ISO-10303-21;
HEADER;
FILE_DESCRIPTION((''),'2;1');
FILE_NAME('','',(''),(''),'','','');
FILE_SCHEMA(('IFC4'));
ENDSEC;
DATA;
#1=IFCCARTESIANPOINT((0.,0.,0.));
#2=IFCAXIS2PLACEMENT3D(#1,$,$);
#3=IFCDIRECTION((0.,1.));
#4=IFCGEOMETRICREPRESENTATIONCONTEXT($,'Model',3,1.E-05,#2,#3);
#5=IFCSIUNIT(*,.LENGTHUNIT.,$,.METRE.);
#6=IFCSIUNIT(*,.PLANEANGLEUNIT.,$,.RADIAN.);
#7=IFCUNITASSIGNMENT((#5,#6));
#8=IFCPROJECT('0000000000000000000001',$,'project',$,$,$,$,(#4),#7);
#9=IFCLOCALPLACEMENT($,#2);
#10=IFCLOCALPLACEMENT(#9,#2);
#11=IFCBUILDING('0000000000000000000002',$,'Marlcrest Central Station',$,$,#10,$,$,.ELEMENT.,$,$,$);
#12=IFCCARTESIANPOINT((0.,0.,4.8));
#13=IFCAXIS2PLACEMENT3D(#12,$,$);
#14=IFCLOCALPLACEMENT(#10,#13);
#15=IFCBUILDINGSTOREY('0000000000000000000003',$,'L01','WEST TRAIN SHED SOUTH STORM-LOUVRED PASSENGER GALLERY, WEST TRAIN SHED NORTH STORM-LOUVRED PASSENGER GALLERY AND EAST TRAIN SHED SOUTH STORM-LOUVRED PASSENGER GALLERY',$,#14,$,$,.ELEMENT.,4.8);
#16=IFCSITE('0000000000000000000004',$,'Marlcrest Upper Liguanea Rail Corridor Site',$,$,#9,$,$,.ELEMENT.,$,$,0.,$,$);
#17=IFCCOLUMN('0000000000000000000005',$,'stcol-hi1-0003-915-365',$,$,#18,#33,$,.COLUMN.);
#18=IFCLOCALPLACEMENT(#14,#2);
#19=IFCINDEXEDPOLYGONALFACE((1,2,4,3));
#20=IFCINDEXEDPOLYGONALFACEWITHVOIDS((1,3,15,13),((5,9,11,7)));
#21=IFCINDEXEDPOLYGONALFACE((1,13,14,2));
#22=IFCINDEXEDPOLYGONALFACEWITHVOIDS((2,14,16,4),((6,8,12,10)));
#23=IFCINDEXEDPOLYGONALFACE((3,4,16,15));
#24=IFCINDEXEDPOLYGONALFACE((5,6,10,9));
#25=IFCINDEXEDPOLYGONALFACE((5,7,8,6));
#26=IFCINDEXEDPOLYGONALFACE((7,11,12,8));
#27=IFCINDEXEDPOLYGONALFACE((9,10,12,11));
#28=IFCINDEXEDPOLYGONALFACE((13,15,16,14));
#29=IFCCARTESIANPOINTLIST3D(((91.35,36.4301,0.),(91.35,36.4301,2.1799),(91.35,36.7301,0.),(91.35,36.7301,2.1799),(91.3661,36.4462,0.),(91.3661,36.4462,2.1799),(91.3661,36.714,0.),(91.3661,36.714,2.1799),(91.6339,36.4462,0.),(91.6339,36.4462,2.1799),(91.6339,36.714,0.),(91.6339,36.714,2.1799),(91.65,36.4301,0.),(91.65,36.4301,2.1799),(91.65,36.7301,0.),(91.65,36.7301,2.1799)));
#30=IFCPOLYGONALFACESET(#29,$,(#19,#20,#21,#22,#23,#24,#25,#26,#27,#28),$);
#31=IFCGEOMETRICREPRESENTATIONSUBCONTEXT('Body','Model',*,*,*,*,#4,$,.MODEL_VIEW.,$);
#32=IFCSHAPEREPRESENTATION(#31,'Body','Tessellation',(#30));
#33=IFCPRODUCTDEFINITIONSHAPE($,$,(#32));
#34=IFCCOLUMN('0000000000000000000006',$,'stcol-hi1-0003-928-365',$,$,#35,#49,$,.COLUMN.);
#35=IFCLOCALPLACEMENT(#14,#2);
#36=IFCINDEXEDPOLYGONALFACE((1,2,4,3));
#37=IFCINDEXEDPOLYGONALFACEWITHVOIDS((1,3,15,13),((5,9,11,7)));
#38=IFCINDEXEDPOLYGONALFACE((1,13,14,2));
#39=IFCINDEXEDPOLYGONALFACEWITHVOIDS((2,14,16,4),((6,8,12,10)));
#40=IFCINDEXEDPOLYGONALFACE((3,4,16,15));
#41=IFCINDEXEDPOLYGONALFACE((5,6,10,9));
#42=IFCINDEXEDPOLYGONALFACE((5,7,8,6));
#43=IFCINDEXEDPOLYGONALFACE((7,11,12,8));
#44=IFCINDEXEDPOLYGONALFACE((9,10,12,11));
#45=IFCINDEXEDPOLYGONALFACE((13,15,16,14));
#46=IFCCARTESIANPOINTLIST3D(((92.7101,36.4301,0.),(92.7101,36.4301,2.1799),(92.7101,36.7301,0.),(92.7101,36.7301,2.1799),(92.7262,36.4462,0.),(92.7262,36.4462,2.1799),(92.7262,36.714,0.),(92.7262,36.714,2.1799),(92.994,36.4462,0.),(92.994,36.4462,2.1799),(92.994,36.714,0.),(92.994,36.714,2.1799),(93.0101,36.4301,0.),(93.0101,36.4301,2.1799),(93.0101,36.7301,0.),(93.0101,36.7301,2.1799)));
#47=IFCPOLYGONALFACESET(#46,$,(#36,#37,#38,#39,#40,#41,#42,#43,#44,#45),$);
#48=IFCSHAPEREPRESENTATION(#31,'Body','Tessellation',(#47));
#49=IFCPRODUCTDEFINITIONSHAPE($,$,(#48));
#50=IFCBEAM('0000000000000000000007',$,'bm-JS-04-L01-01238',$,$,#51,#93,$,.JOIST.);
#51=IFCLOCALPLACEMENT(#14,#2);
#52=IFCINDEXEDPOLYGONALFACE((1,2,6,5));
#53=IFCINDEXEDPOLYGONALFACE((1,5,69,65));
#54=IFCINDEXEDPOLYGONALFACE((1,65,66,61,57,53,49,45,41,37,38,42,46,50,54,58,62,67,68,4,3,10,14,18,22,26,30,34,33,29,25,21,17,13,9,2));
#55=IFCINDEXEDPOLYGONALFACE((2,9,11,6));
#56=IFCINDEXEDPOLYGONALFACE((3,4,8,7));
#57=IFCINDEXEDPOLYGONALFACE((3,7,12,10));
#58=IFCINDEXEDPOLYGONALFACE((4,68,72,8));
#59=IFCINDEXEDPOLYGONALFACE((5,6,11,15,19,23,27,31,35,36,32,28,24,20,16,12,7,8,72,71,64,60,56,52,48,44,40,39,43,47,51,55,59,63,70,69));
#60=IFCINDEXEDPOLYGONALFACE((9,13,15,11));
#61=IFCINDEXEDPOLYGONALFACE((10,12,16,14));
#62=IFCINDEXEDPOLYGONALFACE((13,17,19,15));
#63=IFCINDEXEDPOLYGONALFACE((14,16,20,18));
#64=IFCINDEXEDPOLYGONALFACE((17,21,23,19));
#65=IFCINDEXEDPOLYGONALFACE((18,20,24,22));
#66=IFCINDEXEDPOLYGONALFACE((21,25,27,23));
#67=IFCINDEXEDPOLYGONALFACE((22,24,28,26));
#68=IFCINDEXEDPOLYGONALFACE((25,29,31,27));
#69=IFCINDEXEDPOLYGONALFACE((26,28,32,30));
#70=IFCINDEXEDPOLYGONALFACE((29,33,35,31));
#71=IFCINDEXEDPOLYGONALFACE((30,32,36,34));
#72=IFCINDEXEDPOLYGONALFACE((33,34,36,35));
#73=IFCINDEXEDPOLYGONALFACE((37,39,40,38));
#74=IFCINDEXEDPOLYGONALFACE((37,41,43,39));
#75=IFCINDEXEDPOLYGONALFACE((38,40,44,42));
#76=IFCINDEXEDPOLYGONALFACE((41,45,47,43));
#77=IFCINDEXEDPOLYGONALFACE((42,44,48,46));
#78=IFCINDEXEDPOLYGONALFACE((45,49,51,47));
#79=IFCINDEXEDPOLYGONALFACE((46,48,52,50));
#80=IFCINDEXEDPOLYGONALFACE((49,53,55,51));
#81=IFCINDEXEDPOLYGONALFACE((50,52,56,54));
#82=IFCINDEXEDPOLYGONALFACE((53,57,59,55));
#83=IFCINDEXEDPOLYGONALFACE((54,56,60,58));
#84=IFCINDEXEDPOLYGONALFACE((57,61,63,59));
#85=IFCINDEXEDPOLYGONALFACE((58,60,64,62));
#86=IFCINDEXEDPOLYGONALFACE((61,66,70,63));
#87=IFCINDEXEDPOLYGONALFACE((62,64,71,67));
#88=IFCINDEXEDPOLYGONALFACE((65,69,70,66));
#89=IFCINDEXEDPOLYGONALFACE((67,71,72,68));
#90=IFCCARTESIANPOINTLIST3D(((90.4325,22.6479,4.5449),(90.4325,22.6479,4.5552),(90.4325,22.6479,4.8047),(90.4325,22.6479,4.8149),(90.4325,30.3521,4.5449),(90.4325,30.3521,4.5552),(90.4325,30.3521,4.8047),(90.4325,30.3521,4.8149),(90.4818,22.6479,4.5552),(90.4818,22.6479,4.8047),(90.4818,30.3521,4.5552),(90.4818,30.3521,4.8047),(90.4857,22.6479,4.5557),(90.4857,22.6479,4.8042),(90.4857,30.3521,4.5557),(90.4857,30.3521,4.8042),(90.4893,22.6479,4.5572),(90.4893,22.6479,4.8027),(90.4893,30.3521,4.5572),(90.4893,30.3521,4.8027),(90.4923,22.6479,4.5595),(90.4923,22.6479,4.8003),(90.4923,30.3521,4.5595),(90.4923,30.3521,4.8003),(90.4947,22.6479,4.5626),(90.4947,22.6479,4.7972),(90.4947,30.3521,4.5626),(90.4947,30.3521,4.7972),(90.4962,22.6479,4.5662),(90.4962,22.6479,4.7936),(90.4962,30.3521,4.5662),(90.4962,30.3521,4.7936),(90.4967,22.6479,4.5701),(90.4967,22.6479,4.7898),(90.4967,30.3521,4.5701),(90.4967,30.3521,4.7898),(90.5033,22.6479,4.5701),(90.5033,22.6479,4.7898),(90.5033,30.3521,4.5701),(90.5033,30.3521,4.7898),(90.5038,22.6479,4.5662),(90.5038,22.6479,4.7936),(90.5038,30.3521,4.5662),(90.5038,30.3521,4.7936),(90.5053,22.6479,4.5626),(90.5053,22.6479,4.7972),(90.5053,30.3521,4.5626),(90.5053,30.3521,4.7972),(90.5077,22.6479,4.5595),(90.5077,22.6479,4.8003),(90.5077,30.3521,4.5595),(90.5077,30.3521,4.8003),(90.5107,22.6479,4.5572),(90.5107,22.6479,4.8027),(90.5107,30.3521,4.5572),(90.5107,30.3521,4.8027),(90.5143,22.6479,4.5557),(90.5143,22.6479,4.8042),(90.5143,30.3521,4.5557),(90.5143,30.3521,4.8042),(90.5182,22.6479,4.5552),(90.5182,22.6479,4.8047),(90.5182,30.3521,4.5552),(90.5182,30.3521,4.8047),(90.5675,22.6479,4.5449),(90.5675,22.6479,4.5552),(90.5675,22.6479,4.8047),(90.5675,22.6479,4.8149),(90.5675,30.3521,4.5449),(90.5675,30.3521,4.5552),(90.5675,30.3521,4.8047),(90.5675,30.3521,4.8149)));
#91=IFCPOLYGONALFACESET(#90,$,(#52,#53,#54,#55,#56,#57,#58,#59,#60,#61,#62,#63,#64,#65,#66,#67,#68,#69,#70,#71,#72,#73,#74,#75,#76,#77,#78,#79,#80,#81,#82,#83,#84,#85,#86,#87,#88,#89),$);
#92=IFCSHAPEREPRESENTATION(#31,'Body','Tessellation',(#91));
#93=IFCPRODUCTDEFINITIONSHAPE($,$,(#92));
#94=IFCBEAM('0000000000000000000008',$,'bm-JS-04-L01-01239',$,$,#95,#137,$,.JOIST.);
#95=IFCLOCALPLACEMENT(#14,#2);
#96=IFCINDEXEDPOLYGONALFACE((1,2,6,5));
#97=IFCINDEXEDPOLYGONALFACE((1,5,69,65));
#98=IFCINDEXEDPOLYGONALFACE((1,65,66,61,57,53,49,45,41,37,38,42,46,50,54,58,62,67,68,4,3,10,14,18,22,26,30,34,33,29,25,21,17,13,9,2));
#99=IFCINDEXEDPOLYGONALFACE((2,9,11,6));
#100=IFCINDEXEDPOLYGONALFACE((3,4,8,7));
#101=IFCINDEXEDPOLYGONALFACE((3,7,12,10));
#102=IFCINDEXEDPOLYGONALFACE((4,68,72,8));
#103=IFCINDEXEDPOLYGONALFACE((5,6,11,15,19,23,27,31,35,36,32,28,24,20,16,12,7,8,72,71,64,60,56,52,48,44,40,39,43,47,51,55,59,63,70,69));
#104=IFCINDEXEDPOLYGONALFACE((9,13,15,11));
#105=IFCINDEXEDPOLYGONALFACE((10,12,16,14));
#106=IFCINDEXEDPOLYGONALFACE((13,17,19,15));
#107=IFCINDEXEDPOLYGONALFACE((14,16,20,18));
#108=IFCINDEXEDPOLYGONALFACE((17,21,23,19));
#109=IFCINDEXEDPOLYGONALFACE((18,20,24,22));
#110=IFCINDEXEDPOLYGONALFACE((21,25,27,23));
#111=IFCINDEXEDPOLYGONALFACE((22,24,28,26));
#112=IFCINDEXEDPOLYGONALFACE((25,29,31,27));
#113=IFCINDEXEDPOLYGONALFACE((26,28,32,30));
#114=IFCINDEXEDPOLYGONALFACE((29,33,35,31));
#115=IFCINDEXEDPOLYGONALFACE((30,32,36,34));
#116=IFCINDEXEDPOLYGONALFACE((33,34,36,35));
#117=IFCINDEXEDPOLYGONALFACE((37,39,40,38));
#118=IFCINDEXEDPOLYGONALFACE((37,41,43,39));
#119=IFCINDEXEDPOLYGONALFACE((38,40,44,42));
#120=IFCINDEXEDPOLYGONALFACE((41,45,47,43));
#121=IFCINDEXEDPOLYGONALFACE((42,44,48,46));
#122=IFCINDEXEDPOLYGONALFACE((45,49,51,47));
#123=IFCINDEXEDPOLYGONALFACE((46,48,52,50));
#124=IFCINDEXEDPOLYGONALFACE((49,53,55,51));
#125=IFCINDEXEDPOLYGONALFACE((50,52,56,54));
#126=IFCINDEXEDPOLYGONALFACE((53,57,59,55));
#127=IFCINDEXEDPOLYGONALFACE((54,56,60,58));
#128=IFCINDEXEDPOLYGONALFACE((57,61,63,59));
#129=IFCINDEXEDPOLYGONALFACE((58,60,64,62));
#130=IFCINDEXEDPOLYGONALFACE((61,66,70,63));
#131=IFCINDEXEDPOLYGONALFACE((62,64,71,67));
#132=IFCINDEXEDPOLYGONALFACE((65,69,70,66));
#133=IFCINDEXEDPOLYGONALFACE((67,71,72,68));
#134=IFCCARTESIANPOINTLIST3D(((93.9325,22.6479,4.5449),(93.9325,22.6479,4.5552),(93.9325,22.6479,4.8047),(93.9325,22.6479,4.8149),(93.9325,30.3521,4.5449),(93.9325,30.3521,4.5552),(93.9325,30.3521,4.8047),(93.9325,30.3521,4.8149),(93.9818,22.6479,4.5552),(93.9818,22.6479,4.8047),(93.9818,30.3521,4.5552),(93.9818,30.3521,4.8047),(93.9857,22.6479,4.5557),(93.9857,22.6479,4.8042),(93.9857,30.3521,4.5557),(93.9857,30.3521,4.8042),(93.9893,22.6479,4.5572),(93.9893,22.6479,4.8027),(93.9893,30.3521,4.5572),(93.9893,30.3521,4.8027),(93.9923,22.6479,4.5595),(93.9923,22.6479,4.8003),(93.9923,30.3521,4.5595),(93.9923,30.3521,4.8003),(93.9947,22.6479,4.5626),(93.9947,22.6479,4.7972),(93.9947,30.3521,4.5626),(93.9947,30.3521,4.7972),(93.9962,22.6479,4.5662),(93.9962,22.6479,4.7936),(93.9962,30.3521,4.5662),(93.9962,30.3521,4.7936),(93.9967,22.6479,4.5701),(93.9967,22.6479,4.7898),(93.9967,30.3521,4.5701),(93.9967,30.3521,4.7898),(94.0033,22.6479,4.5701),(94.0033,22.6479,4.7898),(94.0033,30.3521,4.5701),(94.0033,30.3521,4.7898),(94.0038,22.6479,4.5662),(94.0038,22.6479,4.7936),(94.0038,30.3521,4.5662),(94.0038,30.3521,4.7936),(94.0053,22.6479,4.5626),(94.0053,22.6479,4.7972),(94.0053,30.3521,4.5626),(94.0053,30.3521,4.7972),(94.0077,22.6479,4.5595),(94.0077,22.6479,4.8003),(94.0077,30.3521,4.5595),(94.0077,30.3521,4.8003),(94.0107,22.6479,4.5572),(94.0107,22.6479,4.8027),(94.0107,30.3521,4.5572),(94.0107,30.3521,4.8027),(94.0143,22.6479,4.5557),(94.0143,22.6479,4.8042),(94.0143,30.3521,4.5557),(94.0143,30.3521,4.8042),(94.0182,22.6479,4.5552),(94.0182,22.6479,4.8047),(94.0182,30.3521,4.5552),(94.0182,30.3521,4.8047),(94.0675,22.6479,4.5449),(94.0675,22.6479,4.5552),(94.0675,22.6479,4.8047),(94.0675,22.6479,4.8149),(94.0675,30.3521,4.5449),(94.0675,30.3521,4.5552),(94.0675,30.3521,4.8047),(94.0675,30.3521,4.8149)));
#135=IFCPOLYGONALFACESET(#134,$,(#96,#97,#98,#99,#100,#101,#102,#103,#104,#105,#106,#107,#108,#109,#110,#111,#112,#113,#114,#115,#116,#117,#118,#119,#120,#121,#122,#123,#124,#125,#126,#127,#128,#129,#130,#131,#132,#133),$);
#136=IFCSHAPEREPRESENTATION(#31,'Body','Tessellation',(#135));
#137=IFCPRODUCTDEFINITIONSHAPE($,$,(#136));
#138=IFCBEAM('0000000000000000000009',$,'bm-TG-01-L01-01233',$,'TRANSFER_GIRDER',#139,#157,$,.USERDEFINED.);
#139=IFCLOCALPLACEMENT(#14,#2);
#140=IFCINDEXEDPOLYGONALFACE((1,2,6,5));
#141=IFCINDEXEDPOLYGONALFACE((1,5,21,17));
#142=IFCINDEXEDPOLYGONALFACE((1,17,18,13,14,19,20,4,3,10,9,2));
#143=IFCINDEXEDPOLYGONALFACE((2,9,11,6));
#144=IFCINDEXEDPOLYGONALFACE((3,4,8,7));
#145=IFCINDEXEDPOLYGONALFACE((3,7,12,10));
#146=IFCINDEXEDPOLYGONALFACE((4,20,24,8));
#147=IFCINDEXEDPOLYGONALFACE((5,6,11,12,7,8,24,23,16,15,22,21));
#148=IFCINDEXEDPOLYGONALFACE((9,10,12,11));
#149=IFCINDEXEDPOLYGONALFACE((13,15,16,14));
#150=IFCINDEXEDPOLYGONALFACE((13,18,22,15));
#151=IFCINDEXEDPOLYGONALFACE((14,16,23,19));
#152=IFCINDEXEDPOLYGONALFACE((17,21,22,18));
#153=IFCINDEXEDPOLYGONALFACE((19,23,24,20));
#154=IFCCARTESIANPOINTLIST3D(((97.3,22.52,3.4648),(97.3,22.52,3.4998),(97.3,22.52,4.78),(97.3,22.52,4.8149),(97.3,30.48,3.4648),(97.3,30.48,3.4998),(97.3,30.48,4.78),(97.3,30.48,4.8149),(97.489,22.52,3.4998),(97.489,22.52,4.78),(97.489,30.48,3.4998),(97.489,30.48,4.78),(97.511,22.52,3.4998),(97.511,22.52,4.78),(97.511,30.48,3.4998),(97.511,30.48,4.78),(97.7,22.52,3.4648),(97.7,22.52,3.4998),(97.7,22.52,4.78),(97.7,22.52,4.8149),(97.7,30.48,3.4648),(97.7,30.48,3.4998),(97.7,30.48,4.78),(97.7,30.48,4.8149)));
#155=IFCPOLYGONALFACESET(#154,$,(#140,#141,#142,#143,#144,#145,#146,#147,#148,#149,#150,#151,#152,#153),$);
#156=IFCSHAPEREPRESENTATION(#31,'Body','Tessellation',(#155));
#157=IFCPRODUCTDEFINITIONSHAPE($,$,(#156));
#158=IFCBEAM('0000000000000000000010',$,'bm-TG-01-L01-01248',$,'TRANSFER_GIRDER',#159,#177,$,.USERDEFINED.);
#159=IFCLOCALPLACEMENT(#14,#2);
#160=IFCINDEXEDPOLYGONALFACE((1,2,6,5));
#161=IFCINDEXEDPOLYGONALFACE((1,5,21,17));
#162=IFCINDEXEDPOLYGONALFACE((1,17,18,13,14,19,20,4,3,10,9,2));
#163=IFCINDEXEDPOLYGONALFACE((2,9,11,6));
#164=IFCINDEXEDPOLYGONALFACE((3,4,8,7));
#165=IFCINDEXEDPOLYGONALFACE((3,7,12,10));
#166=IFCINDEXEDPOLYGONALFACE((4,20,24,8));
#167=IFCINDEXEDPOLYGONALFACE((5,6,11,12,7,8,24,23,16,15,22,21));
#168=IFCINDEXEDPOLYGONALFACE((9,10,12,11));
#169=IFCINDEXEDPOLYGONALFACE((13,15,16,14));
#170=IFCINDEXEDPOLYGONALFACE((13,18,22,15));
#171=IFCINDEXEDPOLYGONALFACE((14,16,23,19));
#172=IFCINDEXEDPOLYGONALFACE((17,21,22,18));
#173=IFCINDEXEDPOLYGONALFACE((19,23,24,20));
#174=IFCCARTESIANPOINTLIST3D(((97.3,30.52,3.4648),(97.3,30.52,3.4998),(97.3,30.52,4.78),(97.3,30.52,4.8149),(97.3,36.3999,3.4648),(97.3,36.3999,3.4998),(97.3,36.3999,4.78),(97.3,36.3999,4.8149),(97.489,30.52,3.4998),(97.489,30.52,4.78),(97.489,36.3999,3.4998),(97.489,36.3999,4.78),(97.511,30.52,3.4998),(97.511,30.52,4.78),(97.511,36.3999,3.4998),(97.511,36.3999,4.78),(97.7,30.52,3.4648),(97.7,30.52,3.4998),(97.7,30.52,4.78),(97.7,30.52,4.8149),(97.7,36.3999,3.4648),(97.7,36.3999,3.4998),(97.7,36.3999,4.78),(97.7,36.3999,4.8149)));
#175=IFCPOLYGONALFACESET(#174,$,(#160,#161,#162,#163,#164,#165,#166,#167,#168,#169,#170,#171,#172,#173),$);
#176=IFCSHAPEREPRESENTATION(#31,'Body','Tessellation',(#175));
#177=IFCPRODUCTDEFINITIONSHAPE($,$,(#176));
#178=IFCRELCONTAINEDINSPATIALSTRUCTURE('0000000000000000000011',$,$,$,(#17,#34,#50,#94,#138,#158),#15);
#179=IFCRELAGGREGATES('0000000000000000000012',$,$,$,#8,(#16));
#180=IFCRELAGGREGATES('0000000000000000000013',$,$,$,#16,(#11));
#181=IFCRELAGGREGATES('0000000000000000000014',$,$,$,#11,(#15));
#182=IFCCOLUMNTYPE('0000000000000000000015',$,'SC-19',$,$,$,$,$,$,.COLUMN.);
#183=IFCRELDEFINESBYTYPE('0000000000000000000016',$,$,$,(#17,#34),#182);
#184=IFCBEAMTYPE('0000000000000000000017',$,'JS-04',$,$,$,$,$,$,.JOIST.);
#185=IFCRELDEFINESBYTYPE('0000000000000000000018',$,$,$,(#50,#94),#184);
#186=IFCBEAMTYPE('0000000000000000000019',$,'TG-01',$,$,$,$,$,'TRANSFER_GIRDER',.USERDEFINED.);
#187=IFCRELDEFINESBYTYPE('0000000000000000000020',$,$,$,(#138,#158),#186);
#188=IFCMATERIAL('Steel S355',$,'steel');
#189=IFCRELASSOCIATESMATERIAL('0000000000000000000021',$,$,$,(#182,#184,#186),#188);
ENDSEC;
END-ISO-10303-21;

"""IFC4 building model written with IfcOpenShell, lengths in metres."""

from ifc_helpers import new_model, si_unit, direction, frame, origin, origin_2d, place, context, subcontext, project, spatial, hollow_rectangle, i_section, extrude, material, material_profile, profile_set, type_object, element, save


model = new_model("IFC4")

# Units and contexts
model_context = context("Model", 3, precision=1e-05, world=origin(), true_north=direction((0.0, 1.0)))
body_context = subcontext(model_context, "Body", "Model", "MODEL_VIEW")
ifc_project = project(units=[si_unit("LENGTHUNIT", "METRE"), si_unit("PLANEANGLEUNIT", "RADIAN")], contexts=[model_context])

# Site, building, storey
site_placement = place(None, origin())
site = spatial("IfcSite", under=ifc_project, at=site_placement, Name="Marlcrest Upper Liguanea Rail Corridor Site", CompositionType="ELEMENT", RefElevation=0.0)
building_placement = place(site_placement, origin())
building = spatial("IfcBuilding", under=site, at=building_placement, Name="Marlcrest Central Station", CompositionType="ELEMENT")
storey_placement = place(building_placement, frame((0.0, 0.0, 4.8)))
storey = spatial("IfcBuildingStorey", under=building, at=storey_placement, Name="L01", Description="WEST TRAIN SHED SOUTH STORM-LOUVRED PASSENGER GALLERY, WEST TRAIN SHED NORTH STORM-LOUVRED PASSENGER GALLERY AND EAST TRAIN SHED SOUTH STORM-LOUVRED PASSENGER GALLERY", CompositionType="ELEMENT", Elevation=4.8)

# Columns
ifc_material_1 = material(Name="Steel S355", Category="steel")
ifc_material_profile_1 = material_profile(ifc_material_1, hollow_rectangle(XDim=0.3, YDim=0.3, WallThickness=0.0161, at=origin_2d()), Name="SHS 300x300x16")
ifc_profile_set_1 = profile_set([ifc_material_profile_1], Name="Steel S355")
column_type_1 = type_object("IfcColumnType", Name="SC-19", PredefinedType="COLUMN", material=ifc_profile_set_1)
for number, where, z_axis, x_axis, name in (
    (1, (91.5, 36.5801, 0.0), (0.0, 0.0, 1.0), (1.0, 0.0, 0.0), "stcol-hi1-0003-915-365"),
    (2, (92.8601, 36.5801, 0.0), (0.0, 0.0, 1.0), (1.0, 0.0, 0.0), "stcol-hi1-0003-928-365"),
):
    element("IfcColumn", number, at=place(storey_placement, frame(where, z_axis=z_axis, x_axis=x_axis)), inside=storey, type_object=column_type_1, Name=name, PredefinedType="COLUMN", context=body_context, shape_type="SweptSolid", body=[
        extrude(hollow_rectangle(XDim=0.3, YDim=0.3, WallThickness=0.0161, at=origin_2d()), origin(), (0.0, 0.0, 1.0), 2.1799),
    ])

# Beams
ifc_material_profile_2 = material_profile(ifc_material_1, i_section(OverallWidth=0.135, OverallDepth=0.27, WebThickness=0.0066, FlangeThickness=0.0103, FilletRadius=0.0149, at=origin_2d()), Name="IPE 270")
ifc_profile_set_2 = profile_set([ifc_material_profile_2], Name="Steel S355")
beam_type_1 = type_object("IfcBeamType", Name="JS-04", PredefinedType="JOIST", material=ifc_profile_set_2)
for number, where, z_axis, x_axis, name in (
    (3, (90.5, 22.6479, 4.6799), (0.0, 1.0, 0.0), (-1.0, 0.0, 0.0), "bm-JS-04-L01-01238"),
    (4, (94.0, 22.6479, 4.6799), (0.0, 1.0, 0.0), (-1.0, 0.0, 0.0), "bm-JS-04-L01-01239"),
):
    element("IfcBeam", number, at=place(storey_placement, frame(where, z_axis=z_axis, x_axis=x_axis)), inside=storey, type_object=beam_type_1, Name=name, PredefinedType="JOIST", context=body_context, shape_type="SweptSolid", body=[
        extrude(i_section(OverallWidth=0.135, OverallDepth=0.27, WebThickness=0.0066, FlangeThickness=0.0103, FilletRadius=0.0149, at=origin_2d()), origin(), (0.0, 0.0, 1.0), 7.7041),
    ])
ifc_material_profile_3 = material_profile(ifc_material_1, i_section(OverallWidth=0.3999, OverallDepth=1.3501, WebThickness=0.022, FlangeThickness=0.0349, at=origin_2d()), Name="PG 1350x400")
ifc_profile_set_3 = profile_set([ifc_material_profile_3], Name="Steel S355")
beam_type_2 = type_object("IfcBeamType", Name="TG-01", ElementType="TRANSFER_GIRDER", PredefinedType="USERDEFINED", material=ifc_profile_set_3)
beam_1_placement = place(storey_placement, frame((97.5, 22.52, 4.1399), z_axis=(0.0, 1.0, 0.0), x_axis=(-1.0, 0.0, 0.0)))
element("IfcBeam", 5, at=beam_1_placement, inside=storey, type_object=beam_type_2, Name="bm-TG-01-L01-01233", ObjectType="TRANSFER_GIRDER", PredefinedType="USERDEFINED", context=body_context, shape_type="SweptSolid", body=[
    extrude(i_section(OverallWidth=0.3999, OverallDepth=1.3501, WebThickness=0.022, FlangeThickness=0.0349, at=origin_2d()), origin(), (0.0, 0.0, 1.0), 7.96),
])
beam_2_placement = place(storey_placement, frame((97.5, 30.52, 4.1399), z_axis=(0.0, 1.0, 0.0), x_axis=(-1.0, 0.0, 0.0)))
element("IfcBeam", 6, at=beam_2_placement, inside=storey, type_object=beam_type_2, Name="bm-TG-01-L01-01248", ObjectType="TRANSFER_GIRDER", PredefinedType="USERDEFINED", context=body_context, shape_type="SweptSolid", body=[
    extrude(i_section(OverallWidth=0.3999, OverallDepth=1.3501, WebThickness=0.022, FlangeThickness=0.0349, at=origin_2d()), origin(), (0.0, 0.0, 1.0), 5.8799),
])

save(model, "model.ifc")
